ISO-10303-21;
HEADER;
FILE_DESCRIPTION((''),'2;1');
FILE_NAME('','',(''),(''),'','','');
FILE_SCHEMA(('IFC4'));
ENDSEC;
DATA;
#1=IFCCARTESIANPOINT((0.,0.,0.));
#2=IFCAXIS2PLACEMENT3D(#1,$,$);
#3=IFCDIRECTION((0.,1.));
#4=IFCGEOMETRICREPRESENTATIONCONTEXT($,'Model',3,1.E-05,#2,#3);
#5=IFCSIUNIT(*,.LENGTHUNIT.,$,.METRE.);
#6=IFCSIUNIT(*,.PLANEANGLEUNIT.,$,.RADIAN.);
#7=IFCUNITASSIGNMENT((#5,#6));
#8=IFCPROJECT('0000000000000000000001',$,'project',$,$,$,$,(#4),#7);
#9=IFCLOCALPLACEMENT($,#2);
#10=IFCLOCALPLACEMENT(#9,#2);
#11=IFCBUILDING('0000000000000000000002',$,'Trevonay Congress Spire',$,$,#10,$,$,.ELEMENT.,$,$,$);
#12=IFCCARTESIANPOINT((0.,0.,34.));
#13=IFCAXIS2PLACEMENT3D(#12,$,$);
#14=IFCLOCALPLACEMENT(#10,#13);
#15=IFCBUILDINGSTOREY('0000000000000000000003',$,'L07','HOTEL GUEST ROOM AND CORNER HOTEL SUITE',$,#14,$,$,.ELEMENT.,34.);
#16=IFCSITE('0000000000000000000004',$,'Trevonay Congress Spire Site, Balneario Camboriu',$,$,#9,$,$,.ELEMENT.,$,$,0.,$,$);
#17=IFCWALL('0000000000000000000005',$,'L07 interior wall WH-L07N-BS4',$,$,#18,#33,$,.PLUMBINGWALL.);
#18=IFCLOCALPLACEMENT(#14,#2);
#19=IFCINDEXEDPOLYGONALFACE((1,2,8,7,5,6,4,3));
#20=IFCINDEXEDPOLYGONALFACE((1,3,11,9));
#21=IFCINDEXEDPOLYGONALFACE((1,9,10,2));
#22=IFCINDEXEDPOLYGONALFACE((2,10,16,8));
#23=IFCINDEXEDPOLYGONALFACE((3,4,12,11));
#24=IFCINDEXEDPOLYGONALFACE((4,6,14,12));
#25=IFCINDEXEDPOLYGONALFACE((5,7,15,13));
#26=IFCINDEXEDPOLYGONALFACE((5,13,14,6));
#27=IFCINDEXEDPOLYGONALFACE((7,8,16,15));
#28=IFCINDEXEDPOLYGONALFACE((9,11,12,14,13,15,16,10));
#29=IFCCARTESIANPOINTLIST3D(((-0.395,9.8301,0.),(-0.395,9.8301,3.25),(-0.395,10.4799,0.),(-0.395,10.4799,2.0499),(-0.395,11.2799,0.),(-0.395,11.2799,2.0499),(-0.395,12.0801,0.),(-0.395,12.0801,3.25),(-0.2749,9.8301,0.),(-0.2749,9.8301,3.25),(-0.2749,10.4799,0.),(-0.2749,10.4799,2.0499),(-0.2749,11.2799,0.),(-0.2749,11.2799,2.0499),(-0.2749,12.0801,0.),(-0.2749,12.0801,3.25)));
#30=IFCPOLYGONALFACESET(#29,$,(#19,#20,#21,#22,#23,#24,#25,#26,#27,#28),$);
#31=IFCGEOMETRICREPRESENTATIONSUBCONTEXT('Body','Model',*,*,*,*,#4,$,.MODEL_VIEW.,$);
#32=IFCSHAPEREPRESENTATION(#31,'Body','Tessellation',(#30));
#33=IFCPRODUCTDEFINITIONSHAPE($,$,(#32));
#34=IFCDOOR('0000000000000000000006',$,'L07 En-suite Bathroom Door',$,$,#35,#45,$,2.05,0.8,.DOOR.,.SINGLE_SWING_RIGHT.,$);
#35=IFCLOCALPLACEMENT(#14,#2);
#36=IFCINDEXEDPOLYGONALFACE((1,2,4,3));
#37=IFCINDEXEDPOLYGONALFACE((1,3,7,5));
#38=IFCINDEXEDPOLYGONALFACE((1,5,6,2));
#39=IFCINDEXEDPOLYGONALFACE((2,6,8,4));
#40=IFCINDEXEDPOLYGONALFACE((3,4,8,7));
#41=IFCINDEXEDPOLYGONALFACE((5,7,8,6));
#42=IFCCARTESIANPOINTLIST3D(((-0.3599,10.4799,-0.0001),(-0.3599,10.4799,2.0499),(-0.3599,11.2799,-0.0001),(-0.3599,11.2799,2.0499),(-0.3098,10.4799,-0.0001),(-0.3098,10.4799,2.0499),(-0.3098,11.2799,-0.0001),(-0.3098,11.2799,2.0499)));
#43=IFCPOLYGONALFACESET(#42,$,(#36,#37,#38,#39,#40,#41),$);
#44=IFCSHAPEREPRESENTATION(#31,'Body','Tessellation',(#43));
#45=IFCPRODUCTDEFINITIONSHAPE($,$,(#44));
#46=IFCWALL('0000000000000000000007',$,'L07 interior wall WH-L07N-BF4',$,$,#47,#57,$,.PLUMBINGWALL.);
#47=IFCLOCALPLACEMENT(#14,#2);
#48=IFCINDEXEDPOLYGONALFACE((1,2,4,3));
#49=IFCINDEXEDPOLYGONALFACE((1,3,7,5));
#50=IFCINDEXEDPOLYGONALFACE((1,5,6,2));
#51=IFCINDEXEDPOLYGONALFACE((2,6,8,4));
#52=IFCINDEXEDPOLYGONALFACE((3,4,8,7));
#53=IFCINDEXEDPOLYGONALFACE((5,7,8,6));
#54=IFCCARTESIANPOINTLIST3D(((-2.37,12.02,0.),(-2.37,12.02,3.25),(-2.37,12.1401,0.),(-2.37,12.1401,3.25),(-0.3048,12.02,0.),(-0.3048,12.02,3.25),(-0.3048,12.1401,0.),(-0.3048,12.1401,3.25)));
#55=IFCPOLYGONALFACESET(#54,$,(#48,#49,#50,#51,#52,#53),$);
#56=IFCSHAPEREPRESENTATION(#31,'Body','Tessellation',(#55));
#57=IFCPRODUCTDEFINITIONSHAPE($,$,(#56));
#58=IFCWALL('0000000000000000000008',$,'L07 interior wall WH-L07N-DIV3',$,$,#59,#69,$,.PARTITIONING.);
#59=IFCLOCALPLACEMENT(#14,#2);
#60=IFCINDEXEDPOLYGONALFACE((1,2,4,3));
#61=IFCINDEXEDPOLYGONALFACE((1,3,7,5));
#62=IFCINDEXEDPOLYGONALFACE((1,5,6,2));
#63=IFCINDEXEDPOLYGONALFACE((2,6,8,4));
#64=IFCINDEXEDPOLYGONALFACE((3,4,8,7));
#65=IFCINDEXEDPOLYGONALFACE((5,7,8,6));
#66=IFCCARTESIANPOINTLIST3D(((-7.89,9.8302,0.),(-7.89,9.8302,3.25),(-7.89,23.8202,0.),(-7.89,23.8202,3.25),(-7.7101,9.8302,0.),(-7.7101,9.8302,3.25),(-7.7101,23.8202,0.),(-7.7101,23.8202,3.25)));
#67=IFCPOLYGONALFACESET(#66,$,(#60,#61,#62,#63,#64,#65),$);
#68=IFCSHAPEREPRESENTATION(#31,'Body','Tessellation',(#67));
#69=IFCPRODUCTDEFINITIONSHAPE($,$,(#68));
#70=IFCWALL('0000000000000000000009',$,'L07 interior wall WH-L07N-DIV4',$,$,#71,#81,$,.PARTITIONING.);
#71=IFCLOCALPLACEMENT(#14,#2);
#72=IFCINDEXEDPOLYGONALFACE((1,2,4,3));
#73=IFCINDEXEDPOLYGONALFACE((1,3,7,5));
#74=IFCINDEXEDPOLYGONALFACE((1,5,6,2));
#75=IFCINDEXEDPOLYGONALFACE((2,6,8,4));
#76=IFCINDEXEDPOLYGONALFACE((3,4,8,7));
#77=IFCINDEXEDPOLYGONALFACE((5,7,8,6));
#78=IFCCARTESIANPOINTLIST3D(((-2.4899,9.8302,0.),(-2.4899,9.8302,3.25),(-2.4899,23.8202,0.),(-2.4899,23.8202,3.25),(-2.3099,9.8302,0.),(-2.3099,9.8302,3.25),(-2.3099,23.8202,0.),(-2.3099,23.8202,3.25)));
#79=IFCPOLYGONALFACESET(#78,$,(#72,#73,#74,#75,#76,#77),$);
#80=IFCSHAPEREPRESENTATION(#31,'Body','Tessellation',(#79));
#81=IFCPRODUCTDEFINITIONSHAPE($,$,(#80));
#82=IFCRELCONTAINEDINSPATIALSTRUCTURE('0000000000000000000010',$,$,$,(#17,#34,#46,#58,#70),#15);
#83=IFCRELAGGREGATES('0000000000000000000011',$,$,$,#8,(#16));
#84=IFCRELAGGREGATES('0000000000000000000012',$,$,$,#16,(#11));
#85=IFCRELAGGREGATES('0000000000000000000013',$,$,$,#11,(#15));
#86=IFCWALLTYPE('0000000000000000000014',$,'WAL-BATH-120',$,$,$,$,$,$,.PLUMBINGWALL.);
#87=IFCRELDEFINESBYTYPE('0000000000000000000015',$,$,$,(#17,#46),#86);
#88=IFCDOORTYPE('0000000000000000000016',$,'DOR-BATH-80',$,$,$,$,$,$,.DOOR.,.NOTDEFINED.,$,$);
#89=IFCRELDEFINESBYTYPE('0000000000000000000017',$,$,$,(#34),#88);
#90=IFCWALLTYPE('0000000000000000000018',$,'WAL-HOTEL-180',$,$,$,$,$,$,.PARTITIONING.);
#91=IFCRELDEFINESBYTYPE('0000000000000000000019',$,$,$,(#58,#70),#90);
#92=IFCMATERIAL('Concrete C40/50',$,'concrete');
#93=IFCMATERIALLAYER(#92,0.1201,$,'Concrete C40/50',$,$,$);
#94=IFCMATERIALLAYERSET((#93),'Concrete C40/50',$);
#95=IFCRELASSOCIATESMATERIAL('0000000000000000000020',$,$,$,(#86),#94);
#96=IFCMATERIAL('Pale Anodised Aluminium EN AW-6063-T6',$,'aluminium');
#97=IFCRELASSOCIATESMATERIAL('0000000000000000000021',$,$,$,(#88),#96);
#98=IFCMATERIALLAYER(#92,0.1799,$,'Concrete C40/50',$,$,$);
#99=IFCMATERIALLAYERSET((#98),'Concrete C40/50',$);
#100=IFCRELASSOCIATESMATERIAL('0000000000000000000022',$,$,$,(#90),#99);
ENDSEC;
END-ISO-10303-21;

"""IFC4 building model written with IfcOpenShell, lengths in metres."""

from ifc_helpers import new_model, si_unit, direction, frame, frame_2d, origin, place, context, subcontext, project, spatial, rectangle, extrude, material, layer, layer_set, type_object, element, fill, save


model = new_model("IFC4")

# Units and contexts
model_context = context("Model", 3, precision=1e-05, world=origin(), true_north=direction((0.0, 1.0)))
body_context = subcontext(model_context, "Body", "Model", "MODEL_VIEW")
ifc_project = project(units=[si_unit("LENGTHUNIT", "METRE"), si_unit("PLANEANGLEUNIT", "RADIAN")], contexts=[model_context])

# Site, building, storey
site_placement = place(None, origin())
site = spatial("IfcSite", under=ifc_project, at=site_placement, Name="Trevonay Congress Spire Site, Balneario Camboriu", CompositionType="ELEMENT", RefElevation=0.0)
building_placement = place(site_placement, origin())
building = spatial("IfcBuilding", under=site, at=building_placement, Name="Trevonay Congress Spire", CompositionType="ELEMENT")
storey_placement = place(building_placement, frame((0.0, 0.0, 34.0)))
storey = spatial("IfcBuildingStorey", under=building, at=storey_placement, Name="L07", Description="HOTEL GUEST ROOM AND CORNER HOTEL SUITE", CompositionType="ELEMENT", Elevation=34.0)

# Shared definitions
ifc_material_1 = material(Name="Pale Anodised Aluminium EN AW-6063-T6", Category="aluminium")

# Shared definitions
ifc_material_2 = material(Name="Concrete C40/50", Category="concrete")
ifc_layer_1 = layer(ifc_material_2, 0.1201, Name="Concrete C40/50")
ifc_layer_set_1 = layer_set([ifc_layer_1], Name="Concrete C40/50")
wall_type_1 = type_object("IfcWallType", Name="WAL-BATH-120", PredefinedType="PLUMBINGWALL", material=ifc_layer_set_1)
door_type = type_object("IfcDoorType", Name="DOR-BATH-80", OperationType="NOTDEFINED", PredefinedType="DOOR", material=ifc_material_1)

# Wall, opening, door
wall_1_placement = place(storey_placement, frame((-0.335, 9.8301, 0.0), z_axis=(0.0, 0.0, 1.0), x_axis=(0.0, 1.0, 0.0)))
wall_1 = element("IfcWall", 1, at=wall_1_placement, inside=storey, type_object=wall_type_1, Name="L07 interior wall WH-L07N-BS4", PredefinedType="PLUMBINGWALL", context=body_context, shape_type="SweptSolid", body=[
    extrude(rectangle(XDim=2.25, YDim=0.1201, at=frame_2d((1.125, 0.0))), origin(), (0.0, 0.0, 1.0), 3.25),
])
opening_1_placement = place(wall_1_placement, frame((0.6499, 0.0, 0.0)))
opening_1 = element("IfcOpeningElement", 2, at=opening_1_placement, cuts=wall_1, PredefinedType="OPENING", context=body_context, shape_type="SweptSolid", body=[
    extrude(rectangle(XDim=0.8, YDim=2.05, at=frame_2d((0.3999, 1.0249))), frame((0.0, 0.0701, 0.0), z_axis=(0.0, -1.0, 0.0), x_axis=(1.0, 0.0, 0.0)), (0.0, 0.0, 1.0), 0.1401),
])
door_1_placement = place(opening_1_placement, origin())
door_1 = element("IfcDoor", 3, at=door_1_placement, inside=storey, type_object=door_type, Name="L07 En-suite Bathroom Door", OperationType="SINGLE_SWING_RIGHT", OverallHeight=2.05, OverallWidth=0.8, PredefinedType="DOOR", context=body_context, shape_type="SweptSolid", body=[
    extrude(rectangle(XDim=0.8, YDim=2.05, at=frame_2d((0.3999, 1.0249))), frame((0.0, 0.0249, 0.0), z_axis=(0.0, -1.0, 0.0), x_axis=(1.0, 0.0, 0.0)), (0.0, 0.0, 1.0), 0.05),
])
fill(opening_1, door_1)

# Walls
wall_2_placement = place(storey_placement, frame((-2.3701, 12.0801, 0.0), z_axis=(0.0, 0.0, 1.0), x_axis=(1.0, 0.0, 0.0)))
element("IfcWall", 4, at=wall_2_placement, inside=storey, type_object=wall_type_1, Name="L07 interior wall WH-L07N-BF4", PredefinedType="PLUMBINGWALL", context=body_context, shape_type="SweptSolid", body=[
    extrude(rectangle(XDim=2.0652, YDim=0.1201, at=frame_2d((1.0327, 0.0))), origin(), (0.0, 0.0, 1.0), 3.25),
])
ifc_layer_2 = layer(ifc_material_2, 0.1799, Name="Concrete C40/50")
ifc_layer_set_2 = layer_set([ifc_layer_2], Name="Concrete C40/50")
wall_type_2 = type_object("IfcWallType", Name="WAL-HOTEL-180", PredefinedType="PARTITIONING", material=ifc_layer_set_2)
for number, where, z_axis, x_axis, name in (
    (5, (-7.8, 9.8301, 0.0), (0.0, 0.0, 1.0), (0.0, 1.0, 0.0), "L07 interior wall WH-L07N-DIV3"),
    (6, (-2.3999, 9.8301, 0.0), (0.0, 0.0, 1.0), (0.0, 1.0, 0.0), "L07 interior wall WH-L07N-DIV4"),
):
    element("IfcWall", number, at=place(storey_placement, frame(where, z_axis=z_axis, x_axis=x_axis)), inside=storey, type_object=wall_type_2, Name=name, PredefinedType="PARTITIONING", context=body_context, shape_type="SweptSolid", body=[
        extrude(rectangle(XDim=13.99, YDim=0.1799, at=frame_2d((6.9951, 0.0))), origin(), (0.0, 0.0, 1.0), 3.25),
    ])

save(model, "model.ifc")
